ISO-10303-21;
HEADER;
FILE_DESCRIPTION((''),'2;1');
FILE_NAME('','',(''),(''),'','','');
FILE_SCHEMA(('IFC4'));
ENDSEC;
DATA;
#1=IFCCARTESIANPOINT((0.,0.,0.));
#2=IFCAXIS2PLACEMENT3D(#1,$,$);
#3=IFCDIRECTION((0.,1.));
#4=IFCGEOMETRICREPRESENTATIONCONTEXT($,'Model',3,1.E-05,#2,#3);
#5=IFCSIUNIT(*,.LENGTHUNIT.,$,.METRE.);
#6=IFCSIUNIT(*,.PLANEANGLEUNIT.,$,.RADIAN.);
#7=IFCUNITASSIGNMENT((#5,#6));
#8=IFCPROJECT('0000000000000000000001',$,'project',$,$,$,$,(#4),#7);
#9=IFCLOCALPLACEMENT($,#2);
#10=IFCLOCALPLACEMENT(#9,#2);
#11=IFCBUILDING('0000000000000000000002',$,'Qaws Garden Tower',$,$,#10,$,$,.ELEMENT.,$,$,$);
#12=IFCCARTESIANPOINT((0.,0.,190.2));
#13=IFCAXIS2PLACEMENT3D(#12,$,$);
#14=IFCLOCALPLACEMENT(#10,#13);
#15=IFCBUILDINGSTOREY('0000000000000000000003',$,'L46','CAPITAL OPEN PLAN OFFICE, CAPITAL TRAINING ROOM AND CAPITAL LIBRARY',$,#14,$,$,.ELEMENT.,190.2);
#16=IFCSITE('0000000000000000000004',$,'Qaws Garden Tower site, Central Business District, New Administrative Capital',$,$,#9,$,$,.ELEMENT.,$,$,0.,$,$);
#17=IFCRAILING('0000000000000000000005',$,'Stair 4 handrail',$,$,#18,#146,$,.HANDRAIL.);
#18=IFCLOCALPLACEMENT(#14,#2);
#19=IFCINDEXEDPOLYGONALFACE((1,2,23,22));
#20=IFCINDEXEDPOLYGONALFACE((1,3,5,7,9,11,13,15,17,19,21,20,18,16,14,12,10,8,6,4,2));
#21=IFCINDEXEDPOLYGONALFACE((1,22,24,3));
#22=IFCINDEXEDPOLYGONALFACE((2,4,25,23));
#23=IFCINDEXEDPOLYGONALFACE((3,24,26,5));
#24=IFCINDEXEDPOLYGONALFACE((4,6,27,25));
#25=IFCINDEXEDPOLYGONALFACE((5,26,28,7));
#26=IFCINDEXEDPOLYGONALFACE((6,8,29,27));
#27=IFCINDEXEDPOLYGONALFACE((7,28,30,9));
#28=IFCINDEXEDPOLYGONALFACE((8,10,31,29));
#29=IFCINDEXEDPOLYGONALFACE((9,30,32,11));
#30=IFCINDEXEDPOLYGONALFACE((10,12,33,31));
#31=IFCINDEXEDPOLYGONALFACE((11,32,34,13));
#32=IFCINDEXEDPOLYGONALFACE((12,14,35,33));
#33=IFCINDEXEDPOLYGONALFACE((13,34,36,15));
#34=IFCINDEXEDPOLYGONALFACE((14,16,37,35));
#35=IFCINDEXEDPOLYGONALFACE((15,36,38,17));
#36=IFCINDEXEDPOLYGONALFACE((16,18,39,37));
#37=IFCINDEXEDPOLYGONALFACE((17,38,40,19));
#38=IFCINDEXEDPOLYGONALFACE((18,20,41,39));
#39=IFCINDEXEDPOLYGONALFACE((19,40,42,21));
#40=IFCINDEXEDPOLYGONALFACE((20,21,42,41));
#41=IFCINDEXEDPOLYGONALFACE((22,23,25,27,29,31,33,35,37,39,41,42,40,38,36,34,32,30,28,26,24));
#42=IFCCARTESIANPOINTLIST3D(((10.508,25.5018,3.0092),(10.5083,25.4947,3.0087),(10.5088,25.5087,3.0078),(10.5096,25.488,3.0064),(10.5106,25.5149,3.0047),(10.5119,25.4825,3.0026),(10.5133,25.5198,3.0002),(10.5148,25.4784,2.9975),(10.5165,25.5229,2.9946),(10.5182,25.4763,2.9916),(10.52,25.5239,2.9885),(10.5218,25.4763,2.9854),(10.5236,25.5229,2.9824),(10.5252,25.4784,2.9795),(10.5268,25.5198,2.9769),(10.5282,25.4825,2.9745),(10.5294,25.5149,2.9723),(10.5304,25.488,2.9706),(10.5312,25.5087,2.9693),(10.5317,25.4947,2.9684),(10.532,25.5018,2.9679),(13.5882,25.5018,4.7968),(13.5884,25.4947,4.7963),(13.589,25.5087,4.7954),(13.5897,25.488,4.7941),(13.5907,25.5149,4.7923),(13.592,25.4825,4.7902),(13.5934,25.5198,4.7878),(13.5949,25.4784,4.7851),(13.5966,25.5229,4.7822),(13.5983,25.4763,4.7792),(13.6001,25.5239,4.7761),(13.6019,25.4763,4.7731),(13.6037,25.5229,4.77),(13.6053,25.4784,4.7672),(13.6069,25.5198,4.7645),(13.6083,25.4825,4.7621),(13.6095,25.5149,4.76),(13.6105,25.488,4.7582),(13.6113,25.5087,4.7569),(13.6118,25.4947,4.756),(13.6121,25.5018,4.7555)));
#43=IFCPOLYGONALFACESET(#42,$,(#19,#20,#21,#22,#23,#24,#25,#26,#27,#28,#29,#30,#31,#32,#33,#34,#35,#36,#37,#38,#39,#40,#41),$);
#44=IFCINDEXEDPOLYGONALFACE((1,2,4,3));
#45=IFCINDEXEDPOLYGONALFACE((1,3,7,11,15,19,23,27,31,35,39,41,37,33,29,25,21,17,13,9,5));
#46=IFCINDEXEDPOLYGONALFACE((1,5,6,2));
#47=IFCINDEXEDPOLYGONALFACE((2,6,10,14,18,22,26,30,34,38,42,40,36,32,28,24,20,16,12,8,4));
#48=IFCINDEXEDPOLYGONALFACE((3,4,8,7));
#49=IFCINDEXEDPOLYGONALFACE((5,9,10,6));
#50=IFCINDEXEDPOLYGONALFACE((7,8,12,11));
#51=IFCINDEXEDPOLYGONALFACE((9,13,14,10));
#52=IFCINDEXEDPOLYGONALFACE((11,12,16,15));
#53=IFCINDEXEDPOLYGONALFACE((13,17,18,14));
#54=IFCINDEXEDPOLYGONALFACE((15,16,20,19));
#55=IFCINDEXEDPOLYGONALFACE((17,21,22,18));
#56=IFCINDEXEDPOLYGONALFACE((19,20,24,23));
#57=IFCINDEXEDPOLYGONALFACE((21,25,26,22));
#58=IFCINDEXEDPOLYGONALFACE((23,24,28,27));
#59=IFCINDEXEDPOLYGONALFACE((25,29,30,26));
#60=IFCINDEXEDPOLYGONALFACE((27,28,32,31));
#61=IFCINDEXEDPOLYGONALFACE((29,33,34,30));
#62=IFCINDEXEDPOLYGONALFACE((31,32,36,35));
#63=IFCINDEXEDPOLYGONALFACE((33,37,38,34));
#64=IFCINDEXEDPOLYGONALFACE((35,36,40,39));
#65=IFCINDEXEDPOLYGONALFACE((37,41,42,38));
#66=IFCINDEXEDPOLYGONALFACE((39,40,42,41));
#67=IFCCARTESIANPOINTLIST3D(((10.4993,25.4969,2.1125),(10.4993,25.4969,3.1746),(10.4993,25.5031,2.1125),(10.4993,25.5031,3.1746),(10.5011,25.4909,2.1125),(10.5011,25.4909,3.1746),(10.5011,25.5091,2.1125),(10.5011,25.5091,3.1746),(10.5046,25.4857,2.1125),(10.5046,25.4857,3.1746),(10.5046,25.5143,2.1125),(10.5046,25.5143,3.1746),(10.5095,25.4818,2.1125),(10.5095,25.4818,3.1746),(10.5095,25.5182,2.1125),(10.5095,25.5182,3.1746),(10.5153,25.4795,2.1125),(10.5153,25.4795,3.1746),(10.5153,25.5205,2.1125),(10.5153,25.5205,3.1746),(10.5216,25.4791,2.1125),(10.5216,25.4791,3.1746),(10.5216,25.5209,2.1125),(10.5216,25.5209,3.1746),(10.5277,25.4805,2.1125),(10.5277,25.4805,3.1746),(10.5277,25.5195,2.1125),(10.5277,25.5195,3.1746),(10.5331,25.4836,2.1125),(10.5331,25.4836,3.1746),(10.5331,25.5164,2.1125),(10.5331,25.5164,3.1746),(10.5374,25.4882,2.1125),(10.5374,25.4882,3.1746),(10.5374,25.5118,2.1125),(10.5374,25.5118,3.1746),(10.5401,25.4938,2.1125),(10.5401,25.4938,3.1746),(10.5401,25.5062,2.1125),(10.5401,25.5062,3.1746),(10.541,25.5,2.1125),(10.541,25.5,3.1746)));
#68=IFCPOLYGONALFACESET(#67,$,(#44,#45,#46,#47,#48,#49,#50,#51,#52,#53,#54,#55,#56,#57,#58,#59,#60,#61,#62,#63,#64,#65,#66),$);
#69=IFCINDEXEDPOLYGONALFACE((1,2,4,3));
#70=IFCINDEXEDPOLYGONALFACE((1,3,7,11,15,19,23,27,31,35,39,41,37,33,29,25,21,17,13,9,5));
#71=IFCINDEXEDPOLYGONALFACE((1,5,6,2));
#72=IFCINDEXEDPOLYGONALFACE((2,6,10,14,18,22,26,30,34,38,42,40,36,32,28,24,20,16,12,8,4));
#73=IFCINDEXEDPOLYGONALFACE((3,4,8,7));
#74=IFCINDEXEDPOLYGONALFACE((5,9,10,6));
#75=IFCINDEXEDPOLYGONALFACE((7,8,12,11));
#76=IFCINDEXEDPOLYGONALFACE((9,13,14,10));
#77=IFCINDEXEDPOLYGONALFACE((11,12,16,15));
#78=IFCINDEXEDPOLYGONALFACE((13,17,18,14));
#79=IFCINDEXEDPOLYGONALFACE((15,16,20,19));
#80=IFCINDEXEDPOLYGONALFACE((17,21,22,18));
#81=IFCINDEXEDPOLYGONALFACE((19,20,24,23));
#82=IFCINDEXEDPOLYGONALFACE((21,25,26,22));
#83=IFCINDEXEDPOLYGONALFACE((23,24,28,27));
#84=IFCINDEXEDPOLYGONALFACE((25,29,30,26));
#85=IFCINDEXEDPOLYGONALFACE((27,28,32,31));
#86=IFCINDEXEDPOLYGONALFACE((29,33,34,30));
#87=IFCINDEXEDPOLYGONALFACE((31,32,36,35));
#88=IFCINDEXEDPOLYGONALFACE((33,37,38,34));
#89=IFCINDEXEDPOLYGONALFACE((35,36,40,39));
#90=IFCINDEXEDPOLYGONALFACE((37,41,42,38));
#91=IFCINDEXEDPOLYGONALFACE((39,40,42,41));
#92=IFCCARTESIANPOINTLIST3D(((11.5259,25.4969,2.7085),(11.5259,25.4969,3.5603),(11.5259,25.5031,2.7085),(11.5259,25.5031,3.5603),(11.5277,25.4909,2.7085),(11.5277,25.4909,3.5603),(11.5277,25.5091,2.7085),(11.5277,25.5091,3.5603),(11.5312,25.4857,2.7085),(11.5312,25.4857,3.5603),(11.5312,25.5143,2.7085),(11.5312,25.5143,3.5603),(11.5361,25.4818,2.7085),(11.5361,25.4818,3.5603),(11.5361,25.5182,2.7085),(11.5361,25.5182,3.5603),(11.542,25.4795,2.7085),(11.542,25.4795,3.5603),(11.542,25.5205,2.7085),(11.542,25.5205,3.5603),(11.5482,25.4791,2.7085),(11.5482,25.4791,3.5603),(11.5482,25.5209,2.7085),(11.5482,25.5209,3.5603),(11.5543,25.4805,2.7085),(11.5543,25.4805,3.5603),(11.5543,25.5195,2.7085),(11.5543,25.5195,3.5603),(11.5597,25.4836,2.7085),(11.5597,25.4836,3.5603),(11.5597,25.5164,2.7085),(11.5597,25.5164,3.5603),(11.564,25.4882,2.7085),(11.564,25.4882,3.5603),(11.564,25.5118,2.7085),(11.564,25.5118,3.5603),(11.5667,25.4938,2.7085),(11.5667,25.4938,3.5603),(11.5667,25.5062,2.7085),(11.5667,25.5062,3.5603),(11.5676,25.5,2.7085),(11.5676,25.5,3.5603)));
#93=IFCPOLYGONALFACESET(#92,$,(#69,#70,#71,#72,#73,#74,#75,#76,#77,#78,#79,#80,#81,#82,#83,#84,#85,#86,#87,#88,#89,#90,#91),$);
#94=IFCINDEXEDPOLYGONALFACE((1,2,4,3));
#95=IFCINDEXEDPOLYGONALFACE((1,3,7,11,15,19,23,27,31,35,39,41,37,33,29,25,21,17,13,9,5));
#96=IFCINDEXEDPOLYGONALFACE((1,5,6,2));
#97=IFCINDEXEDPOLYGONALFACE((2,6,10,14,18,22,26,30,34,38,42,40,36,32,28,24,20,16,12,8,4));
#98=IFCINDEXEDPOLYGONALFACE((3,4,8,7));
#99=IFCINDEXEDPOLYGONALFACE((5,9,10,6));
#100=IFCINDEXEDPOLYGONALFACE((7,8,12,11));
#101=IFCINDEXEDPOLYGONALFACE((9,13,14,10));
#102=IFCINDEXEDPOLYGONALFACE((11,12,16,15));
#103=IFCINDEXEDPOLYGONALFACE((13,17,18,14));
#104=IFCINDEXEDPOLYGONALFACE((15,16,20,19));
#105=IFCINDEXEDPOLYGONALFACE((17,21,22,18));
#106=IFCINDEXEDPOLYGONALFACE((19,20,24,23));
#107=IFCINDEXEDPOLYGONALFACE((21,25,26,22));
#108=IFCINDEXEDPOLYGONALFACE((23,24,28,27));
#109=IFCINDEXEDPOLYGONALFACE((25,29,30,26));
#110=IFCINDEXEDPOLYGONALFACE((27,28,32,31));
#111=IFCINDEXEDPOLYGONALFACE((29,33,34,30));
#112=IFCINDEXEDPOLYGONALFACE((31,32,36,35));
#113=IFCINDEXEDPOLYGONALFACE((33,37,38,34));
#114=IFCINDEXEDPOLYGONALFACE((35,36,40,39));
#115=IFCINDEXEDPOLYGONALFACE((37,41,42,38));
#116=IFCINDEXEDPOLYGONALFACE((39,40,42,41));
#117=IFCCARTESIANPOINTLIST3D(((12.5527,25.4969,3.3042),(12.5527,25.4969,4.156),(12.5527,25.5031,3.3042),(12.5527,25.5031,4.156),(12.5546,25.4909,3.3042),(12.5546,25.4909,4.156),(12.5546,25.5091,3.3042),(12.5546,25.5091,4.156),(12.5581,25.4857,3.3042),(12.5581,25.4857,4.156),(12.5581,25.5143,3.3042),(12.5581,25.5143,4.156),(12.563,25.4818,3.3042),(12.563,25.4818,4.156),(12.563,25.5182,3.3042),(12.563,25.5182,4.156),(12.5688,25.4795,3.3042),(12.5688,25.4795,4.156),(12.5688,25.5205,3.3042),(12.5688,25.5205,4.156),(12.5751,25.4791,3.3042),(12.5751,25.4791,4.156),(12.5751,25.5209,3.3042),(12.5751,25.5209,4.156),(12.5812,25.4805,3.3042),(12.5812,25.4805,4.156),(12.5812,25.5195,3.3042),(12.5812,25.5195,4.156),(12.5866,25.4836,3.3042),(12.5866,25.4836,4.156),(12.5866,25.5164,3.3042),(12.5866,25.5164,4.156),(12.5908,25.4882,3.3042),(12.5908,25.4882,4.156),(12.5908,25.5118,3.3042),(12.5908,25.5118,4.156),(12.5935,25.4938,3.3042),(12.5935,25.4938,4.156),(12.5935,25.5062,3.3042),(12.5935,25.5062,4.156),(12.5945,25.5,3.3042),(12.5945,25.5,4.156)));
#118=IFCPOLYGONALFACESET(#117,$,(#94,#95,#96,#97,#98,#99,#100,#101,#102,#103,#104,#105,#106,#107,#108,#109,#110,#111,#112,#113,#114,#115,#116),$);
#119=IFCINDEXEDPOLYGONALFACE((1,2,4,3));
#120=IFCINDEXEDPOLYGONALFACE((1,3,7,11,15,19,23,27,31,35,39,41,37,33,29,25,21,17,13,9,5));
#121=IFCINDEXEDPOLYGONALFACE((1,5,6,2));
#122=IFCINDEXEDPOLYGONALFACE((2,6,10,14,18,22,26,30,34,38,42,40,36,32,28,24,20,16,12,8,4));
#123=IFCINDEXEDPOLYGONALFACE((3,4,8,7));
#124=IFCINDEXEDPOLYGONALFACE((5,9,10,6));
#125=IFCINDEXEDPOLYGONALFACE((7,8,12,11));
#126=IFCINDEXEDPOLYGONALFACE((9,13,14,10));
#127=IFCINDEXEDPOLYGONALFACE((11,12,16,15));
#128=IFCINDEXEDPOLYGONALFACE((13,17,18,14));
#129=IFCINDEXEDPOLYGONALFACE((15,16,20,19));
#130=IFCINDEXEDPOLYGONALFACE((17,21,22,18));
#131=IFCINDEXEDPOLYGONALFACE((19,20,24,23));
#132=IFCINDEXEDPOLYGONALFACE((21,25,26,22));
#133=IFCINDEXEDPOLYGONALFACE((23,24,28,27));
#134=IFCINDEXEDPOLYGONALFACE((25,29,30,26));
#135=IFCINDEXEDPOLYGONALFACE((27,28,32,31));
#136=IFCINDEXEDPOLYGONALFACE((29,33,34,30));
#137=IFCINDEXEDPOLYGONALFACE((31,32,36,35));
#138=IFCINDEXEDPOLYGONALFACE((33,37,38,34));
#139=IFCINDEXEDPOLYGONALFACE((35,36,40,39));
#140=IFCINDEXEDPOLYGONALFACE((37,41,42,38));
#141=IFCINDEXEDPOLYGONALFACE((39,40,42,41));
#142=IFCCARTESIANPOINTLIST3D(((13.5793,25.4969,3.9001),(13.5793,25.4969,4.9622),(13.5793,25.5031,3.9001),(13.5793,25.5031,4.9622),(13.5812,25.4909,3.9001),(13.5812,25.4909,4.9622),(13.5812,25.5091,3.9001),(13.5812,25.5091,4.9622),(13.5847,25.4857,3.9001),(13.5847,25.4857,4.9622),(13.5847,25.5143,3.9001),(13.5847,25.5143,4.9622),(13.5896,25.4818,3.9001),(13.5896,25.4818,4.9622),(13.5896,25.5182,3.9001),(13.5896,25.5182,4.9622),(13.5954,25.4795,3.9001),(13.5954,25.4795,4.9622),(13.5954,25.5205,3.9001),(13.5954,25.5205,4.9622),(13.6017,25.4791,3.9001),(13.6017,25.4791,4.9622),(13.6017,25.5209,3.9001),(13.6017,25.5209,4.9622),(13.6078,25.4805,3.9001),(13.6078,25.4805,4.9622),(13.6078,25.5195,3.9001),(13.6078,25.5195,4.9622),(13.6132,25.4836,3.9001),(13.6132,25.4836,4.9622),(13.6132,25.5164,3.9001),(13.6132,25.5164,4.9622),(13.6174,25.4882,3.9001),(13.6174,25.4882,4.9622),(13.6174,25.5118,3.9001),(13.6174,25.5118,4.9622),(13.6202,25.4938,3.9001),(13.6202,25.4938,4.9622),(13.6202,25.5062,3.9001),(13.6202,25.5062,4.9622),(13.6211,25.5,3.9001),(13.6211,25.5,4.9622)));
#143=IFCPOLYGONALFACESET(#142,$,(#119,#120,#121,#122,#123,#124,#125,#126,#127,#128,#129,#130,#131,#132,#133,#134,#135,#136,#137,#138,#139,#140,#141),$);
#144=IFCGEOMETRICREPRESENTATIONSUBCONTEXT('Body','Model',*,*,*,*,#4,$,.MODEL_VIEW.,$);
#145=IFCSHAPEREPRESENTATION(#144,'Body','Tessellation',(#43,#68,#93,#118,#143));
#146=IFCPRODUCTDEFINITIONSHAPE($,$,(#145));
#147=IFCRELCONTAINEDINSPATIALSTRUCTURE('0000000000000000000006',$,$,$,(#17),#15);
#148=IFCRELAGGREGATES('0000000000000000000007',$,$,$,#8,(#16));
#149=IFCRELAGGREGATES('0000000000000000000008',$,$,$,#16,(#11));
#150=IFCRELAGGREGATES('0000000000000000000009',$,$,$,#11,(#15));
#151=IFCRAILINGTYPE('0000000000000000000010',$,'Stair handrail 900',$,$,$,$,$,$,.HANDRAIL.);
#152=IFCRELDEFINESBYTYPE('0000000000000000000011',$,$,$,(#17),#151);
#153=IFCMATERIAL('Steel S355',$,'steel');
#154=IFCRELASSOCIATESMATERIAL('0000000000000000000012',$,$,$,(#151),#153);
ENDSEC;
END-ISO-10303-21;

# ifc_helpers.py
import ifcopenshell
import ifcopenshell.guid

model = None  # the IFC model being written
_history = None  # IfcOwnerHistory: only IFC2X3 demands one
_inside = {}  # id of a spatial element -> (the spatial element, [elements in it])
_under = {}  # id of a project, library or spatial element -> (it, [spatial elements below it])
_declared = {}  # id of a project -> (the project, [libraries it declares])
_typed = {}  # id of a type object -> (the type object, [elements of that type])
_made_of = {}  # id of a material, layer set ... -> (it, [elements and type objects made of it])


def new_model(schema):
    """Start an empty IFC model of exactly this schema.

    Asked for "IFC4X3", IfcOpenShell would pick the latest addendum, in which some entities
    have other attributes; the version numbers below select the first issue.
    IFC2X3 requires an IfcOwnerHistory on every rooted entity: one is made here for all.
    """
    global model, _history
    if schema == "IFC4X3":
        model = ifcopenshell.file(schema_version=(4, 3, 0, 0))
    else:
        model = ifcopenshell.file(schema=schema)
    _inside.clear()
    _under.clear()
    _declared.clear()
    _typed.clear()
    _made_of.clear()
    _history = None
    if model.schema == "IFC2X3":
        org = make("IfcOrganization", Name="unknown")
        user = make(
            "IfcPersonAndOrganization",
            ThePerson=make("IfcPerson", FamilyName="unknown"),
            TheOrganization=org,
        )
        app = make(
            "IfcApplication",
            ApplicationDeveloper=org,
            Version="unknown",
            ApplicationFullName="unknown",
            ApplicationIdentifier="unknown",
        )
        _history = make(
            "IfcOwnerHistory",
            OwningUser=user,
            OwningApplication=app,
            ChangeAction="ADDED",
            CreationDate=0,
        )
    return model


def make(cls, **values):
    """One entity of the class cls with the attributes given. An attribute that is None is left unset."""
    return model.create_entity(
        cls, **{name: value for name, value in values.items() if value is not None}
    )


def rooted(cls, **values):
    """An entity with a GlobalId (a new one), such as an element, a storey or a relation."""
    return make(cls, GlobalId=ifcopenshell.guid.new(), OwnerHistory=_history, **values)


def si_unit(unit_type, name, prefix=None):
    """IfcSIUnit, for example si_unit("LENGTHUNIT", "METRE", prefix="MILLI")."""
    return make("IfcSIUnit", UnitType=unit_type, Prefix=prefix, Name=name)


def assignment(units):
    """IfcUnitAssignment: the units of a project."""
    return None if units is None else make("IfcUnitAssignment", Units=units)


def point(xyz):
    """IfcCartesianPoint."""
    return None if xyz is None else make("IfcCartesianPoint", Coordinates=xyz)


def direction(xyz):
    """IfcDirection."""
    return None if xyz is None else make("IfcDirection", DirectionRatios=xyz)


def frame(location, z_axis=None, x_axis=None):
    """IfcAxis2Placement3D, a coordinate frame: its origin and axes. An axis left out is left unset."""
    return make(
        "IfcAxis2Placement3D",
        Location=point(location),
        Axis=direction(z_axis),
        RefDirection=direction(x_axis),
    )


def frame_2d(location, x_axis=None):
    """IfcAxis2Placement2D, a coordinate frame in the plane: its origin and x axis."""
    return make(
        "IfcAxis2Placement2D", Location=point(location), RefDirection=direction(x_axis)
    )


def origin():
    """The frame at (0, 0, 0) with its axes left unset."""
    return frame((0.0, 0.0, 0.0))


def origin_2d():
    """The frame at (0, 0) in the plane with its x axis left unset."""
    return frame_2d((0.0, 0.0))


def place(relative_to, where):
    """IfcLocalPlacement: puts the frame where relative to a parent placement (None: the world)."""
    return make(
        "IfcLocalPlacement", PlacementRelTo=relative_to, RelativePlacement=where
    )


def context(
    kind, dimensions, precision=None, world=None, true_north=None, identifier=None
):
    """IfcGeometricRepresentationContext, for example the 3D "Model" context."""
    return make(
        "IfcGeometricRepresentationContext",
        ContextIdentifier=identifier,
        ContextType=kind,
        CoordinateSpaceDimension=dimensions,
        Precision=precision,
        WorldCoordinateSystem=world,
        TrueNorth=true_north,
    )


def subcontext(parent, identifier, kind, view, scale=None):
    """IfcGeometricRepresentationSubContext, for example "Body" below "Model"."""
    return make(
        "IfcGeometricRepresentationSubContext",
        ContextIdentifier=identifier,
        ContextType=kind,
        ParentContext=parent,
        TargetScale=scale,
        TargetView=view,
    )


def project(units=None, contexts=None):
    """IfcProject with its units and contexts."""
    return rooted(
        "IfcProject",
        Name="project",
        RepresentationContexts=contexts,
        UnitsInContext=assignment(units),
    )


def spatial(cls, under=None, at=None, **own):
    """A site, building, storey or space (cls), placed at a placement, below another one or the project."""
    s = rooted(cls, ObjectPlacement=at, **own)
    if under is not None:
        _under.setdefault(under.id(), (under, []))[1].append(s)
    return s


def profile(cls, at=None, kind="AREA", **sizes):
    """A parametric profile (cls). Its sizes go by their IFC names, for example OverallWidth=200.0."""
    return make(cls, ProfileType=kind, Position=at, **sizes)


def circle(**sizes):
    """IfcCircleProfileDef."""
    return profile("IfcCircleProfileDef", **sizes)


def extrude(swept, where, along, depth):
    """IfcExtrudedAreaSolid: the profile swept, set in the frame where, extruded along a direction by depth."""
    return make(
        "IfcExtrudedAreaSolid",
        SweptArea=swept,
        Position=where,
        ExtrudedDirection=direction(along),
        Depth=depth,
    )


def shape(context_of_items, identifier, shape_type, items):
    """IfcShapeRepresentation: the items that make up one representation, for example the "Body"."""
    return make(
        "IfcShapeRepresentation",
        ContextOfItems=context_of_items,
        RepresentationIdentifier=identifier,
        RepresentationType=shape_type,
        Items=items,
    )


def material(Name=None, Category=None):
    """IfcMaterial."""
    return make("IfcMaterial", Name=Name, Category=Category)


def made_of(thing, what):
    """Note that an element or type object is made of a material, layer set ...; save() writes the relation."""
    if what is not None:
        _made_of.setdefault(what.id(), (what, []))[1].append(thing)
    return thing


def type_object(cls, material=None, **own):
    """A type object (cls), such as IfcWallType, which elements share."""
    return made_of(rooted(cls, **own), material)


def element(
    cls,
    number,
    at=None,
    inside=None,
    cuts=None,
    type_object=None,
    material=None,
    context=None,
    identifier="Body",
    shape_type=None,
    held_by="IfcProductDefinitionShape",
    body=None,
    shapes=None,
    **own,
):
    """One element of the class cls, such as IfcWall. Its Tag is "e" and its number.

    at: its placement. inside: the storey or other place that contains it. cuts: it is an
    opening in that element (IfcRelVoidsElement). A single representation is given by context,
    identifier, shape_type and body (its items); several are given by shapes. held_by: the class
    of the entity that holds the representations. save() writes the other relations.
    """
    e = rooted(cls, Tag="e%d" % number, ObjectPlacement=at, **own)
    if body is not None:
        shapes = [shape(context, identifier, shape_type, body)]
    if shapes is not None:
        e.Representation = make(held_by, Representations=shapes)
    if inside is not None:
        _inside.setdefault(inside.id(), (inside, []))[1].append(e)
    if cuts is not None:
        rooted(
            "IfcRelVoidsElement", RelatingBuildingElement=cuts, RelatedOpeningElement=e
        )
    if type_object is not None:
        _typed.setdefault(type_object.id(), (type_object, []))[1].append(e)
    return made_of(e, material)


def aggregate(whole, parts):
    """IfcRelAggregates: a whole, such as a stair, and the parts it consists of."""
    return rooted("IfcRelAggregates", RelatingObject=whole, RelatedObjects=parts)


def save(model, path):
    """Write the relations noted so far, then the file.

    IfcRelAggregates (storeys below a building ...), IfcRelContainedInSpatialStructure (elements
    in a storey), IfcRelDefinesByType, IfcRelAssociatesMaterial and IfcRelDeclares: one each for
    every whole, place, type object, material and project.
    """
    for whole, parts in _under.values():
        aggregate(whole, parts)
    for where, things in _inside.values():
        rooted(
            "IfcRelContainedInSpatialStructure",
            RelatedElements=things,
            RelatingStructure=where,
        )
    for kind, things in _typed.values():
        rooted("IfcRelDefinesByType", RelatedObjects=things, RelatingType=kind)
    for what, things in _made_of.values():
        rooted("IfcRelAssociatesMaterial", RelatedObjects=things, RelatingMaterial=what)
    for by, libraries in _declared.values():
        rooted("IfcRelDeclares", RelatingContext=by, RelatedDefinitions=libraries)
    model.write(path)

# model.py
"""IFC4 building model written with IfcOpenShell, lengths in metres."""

from ifc_helpers import new_model, si_unit, direction, frame, origin, origin_2d, place, context, subcontext, project, spatial, circle, extrude, material, type_object, element, save


model = new_model("IFC4")

# Units and contexts
model_context = context("Model", 3, precision=1e-05, world=origin(), true_north=direction((0.0, 1.0)))
body_context = subcontext(model_context, "Body", "Model", "MODEL_VIEW")
ifc_project = project(units=[si_unit("LENGTHUNIT", "METRE"), si_unit("PLANEANGLEUNIT", "RADIAN")], contexts=[model_context])

# Site, building, storey
site_placement = place(None, origin())
site = spatial("IfcSite", under=ifc_project, at=site_placement, Name="Qaws Garden Tower site, Central Business District, New Administrative Capital", CompositionType="ELEMENT", RefElevation=0.0)
building_placement = place(site_placement, origin())
building = spatial("IfcBuilding", under=site, at=building_placement, Name="Qaws Garden Tower", CompositionType="ELEMENT")
storey_placement = place(building_placement, frame((0.0, 0.0, 190.2)))
storey = spatial("IfcBuildingStorey", under=building, at=storey_placement, Name="L46", Description="CAPITAL OPEN PLAN OFFICE, CAPITAL TRAINING ROOM AND CAPITAL LIBRARY", CompositionType="ELEMENT", Elevation=190.2)

# Railing
ifc_material_1 = material(Name="Steel S355", Category="steel")
railing_type = type_object("IfcRailingType", Name="Stair handrail 900", PredefinedType="HANDRAIL", material=ifc_material_1)
railing_1_placement = place(storey_placement, frame((10.52, 25.5, 2.1125)))
element("IfcRailing", 1, at=railing_1_placement, inside=storey, type_object=railing_type, Name="Stair 4 handrail", PredefinedType="HANDRAIL", context=body_context, shape_type="SweptSolid", body=[
    extrude(circle(Radius=0.0239, at=origin_2d()), frame((0.0, 0.0, 0.876), z_axis=(0.864891, 0.0, 0.50196), x_axis=(0.0, 1.0, 0.0)), (0.0, 0.0, 1.0), 3.5613),
    extrude(circle(Radius=0.021, at=origin_2d()), origin(), (0.0, 0.0, 1.0), 1.062),
    extrude(circle(Radius=0.021, at=origin_2d()), frame((1.0266, 0.0, 0.5959)), (0.0, 0.0, 1.0), 0.8518),
    extrude(circle(Radius=0.021, at=origin_2d()), frame((2.0535, 0.0, 1.1917)), (0.0, 0.0, 1.0), 0.8518),
    extrude(circle(Radius=0.021, at=origin_2d()), frame((3.0801, 0.0, 1.7876)), (0.0, 0.0, 1.0), 1.062),
])

save(model, "model.ifc")
